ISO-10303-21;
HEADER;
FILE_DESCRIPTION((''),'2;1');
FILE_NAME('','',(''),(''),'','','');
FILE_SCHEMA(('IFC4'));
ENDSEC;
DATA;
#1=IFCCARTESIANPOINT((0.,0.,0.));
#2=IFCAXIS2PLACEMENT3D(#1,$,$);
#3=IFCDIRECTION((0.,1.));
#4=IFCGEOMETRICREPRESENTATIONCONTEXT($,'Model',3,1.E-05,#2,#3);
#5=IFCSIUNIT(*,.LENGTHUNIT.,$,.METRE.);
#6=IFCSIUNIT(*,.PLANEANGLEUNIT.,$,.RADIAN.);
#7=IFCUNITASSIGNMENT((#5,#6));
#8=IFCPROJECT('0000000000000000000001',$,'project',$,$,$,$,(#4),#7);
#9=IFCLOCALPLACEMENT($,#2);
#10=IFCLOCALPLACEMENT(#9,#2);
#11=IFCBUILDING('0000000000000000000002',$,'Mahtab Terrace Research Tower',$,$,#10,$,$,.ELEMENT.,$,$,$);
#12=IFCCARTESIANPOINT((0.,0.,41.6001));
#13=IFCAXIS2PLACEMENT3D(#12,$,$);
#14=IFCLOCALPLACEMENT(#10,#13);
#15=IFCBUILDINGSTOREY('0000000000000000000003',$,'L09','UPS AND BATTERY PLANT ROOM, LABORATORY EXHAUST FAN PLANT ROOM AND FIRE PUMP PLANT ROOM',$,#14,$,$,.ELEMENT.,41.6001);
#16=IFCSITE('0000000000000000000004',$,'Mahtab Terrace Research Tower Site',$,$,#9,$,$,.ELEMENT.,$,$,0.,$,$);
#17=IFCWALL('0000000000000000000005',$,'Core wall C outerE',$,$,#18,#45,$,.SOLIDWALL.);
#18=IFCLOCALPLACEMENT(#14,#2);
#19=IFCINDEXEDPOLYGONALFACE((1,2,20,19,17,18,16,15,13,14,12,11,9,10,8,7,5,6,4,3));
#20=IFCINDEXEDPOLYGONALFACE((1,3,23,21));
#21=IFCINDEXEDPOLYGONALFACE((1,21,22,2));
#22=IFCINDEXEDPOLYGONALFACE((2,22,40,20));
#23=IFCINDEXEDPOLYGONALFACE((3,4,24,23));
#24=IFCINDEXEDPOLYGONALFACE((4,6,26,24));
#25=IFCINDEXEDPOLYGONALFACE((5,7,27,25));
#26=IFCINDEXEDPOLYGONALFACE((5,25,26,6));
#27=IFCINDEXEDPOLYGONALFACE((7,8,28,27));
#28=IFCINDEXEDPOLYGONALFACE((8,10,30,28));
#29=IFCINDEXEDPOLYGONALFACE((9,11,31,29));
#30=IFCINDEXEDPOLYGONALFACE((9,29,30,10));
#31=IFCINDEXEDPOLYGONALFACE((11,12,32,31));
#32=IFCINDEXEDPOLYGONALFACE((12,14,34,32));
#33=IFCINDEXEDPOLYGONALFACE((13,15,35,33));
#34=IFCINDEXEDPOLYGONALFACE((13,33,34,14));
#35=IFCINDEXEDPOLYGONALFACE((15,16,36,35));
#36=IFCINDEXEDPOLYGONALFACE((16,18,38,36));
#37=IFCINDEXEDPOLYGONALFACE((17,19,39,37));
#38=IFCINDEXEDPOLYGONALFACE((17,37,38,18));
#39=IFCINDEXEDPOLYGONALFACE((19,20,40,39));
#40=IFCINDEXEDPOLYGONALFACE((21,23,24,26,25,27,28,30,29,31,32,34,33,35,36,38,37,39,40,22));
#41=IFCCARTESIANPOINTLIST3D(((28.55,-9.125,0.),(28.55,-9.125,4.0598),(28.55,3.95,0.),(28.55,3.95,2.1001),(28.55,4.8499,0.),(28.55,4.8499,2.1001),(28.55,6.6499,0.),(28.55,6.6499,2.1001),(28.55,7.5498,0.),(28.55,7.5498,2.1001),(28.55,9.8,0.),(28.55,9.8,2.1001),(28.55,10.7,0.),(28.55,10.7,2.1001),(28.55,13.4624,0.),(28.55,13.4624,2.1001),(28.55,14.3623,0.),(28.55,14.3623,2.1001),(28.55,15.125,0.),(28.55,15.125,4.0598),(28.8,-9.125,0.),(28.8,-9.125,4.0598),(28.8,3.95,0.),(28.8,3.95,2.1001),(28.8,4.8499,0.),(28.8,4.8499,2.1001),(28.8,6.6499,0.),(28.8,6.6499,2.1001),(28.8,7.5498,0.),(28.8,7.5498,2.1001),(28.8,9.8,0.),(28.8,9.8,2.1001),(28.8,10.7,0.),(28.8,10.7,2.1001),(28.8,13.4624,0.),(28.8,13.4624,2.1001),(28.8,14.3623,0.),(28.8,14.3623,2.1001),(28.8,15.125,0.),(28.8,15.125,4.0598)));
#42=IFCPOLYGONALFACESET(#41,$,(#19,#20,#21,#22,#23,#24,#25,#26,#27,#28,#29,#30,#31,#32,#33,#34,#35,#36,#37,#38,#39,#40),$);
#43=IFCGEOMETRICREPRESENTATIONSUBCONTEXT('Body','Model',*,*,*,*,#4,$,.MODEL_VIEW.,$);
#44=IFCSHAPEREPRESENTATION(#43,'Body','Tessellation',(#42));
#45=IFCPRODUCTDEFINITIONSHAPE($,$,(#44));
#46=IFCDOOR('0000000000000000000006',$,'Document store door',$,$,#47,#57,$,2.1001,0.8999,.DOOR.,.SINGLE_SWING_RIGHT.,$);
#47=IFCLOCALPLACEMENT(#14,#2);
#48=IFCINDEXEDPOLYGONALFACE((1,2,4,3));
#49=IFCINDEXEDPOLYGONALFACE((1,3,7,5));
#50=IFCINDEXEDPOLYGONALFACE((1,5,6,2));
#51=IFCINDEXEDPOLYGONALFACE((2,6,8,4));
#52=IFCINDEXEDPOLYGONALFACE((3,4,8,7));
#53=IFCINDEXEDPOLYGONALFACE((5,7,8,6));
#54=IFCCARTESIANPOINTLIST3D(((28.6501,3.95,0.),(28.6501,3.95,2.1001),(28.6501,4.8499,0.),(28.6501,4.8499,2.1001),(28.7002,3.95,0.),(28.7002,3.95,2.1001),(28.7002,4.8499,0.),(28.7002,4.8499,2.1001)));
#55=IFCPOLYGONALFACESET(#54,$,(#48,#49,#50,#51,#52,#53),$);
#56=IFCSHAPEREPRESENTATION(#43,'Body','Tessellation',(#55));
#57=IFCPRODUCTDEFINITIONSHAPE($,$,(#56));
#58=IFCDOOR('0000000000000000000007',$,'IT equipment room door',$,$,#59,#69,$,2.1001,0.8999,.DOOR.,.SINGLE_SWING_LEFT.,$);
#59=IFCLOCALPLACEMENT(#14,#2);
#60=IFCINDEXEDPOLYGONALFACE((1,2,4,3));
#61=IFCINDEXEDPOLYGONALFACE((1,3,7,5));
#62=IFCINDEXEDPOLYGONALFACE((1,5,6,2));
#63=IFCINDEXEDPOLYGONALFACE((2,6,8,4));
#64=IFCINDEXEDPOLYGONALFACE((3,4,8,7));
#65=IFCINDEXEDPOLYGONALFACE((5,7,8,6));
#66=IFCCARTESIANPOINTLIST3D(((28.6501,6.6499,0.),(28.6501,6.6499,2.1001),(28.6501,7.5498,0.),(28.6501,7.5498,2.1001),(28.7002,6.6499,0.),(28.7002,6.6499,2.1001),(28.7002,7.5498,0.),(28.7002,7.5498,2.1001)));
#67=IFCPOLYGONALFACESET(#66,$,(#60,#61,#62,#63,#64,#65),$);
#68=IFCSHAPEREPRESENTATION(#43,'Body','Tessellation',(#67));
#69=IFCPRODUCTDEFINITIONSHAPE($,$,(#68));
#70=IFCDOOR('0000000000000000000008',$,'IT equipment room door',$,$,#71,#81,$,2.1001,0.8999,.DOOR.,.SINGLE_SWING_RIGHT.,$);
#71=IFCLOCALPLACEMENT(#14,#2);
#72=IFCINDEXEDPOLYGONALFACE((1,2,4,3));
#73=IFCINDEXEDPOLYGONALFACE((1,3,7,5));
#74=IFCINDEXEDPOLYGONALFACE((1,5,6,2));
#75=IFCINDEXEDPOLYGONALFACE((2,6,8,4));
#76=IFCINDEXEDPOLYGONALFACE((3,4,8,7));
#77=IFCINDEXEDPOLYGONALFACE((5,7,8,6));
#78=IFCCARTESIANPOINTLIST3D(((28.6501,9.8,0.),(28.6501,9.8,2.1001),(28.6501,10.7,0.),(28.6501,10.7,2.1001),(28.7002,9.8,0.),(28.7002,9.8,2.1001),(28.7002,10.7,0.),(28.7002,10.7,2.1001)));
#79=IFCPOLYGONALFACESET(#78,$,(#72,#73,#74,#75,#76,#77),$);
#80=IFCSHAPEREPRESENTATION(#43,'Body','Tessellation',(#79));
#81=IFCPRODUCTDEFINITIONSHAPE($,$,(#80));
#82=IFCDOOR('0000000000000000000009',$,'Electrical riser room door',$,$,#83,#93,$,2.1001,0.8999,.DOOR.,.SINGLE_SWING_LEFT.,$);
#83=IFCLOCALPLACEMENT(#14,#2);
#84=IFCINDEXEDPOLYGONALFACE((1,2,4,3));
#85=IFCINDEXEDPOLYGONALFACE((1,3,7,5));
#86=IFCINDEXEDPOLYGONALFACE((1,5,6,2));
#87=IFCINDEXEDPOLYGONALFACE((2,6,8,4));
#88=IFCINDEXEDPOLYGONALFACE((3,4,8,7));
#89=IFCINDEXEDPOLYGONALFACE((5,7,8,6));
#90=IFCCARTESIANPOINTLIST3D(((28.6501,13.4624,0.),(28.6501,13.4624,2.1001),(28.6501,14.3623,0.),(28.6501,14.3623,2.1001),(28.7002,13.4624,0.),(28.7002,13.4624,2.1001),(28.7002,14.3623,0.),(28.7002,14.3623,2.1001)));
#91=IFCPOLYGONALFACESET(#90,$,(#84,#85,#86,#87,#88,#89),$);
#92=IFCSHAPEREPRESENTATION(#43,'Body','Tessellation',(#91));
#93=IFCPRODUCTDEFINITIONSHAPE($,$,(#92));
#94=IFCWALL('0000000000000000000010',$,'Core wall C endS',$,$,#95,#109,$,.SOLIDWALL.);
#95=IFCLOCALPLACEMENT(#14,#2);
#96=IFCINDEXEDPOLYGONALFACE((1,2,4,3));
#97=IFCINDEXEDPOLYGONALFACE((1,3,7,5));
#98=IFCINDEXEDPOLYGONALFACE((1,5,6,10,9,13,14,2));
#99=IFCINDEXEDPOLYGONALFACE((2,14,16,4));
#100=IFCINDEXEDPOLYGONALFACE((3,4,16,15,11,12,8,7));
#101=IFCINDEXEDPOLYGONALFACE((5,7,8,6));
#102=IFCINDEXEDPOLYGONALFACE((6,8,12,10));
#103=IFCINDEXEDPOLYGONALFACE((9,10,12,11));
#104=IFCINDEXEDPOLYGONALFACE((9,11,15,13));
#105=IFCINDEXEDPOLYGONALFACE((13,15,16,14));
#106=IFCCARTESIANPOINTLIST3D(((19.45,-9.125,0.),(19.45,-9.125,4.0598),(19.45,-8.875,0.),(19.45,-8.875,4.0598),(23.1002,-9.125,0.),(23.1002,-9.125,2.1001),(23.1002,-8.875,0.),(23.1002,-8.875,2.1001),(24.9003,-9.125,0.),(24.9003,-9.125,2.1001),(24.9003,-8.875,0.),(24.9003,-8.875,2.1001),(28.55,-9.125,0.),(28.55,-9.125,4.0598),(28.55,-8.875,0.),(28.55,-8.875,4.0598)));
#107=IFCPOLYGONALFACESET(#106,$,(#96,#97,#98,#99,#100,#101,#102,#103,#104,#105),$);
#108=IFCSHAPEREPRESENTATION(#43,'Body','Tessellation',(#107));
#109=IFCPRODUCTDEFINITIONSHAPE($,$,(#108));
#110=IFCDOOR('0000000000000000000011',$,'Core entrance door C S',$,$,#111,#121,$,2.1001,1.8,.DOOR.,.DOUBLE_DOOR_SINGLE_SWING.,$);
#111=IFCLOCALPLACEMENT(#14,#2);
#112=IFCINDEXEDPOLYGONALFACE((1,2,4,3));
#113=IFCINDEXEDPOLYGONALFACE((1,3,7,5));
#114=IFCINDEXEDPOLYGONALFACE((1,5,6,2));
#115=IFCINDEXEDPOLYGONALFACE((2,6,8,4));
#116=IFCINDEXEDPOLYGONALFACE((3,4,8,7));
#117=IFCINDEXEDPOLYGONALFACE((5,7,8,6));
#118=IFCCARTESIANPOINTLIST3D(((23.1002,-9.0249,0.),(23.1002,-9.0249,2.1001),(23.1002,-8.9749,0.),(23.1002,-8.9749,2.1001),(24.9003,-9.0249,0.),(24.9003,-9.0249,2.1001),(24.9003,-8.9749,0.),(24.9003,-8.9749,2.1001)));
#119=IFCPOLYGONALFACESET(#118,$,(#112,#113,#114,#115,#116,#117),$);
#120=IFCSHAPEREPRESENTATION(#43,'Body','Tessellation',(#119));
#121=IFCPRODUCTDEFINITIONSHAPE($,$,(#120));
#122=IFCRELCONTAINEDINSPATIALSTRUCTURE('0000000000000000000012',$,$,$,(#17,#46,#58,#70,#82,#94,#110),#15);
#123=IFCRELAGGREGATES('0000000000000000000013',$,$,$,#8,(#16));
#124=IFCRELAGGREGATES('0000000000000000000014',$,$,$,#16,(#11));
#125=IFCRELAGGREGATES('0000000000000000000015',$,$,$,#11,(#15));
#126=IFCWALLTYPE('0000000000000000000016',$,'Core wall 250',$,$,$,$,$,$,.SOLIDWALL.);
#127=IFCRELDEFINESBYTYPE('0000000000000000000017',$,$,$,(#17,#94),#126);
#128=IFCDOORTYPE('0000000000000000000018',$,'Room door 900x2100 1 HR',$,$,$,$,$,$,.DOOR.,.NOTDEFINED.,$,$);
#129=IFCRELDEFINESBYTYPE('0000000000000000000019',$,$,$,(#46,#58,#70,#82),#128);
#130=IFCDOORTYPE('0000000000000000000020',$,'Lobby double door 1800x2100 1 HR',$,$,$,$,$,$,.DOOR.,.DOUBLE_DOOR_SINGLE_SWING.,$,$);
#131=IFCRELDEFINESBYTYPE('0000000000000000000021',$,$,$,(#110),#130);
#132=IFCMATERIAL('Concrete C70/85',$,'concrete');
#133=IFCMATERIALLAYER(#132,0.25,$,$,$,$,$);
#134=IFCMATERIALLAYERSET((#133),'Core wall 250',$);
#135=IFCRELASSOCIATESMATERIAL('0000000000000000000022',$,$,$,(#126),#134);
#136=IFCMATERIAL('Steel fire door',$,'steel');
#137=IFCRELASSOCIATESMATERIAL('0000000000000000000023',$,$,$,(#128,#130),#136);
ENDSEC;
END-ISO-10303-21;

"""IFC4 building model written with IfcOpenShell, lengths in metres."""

from ifc_helpers import new_model, si_unit, direction, frame, frame_2d, origin, place, context, subcontext, project, spatial, rectangle, extrude, material, layer, layer_set, type_object, element, fill, save


model = new_model("IFC4")

# Units and contexts
model_context = context("Model", 3, precision=1e-05, world=origin(), true_north=direction((0.0, 1.0)))
body_context = subcontext(model_context, "Body", "Model", "MODEL_VIEW")
ifc_project = project(units=[si_unit("LENGTHUNIT", "METRE"), si_unit("PLANEANGLEUNIT", "RADIAN")], contexts=[model_context])

# Site, building, storey
site_placement = place(None, origin())
site = spatial("IfcSite", under=ifc_project, at=site_placement, Name="Mahtab Terrace Research Tower Site", CompositionType="ELEMENT", RefElevation=0.0)
building_placement = place(site_placement, origin())
building = spatial("IfcBuilding", under=site, at=building_placement, Name="Mahtab Terrace Research Tower", CompositionType="ELEMENT")
storey_placement = place(building_placement, frame((0.0, 0.0, 41.6001)))
storey = spatial("IfcBuildingStorey", under=building, at=storey_placement, Name="L09", Description="UPS AND BATTERY PLANT ROOM, LABORATORY EXHAUST FAN PLANT ROOM AND FIRE PUMP PLANT ROOM", CompositionType="ELEMENT", Elevation=41.6001)

# Shared definitions
ifc_material_1 = material(Name="Concrete C70/85", Category="concrete")

# Wall, openings, doors
ifc_layer_1 = layer(ifc_material_1, 0.25)
ifc_layer_set_1 = layer_set([ifc_layer_1], Name="Core wall 250")
wall_type_1 = type_object("IfcWallType", Name="Core wall 250", PredefinedType="SOLIDWALL", material=ifc_layer_set_1)
wall_1_placement = place(storey_placement, frame((28.675, -9.125, 0.0), z_axis=(0.0, 0.0, 1.0), x_axis=(0.0, 1.0, 0.0)))
wall_1 = element("IfcWall", 1, at=wall_1_placement, inside=storey, type_object=wall_type_1, Name="Core wall C outerE", PredefinedType="SOLIDWALL", context=body_context, shape_type="SweptSolid", body=[
    extrude(rectangle(XDim=24.25, YDim=0.25, at=frame_2d((12.125, 0.0))), origin(), (0.0, 0.0, 1.0), 4.0598),
])
opening_1_placement = place(wall_1_placement, frame((13.075, 0.0, 0.0)))
opening_1 = element("IfcOpeningElement", 2, at=opening_1_placement, cuts=wall_1, PredefinedType="OPENING", context=body_context, shape_type="SweptSolid", body=[
    extrude(rectangle(XDim=0.8999, YDim=2.1001, at=frame_2d((0.45, 1.05))), frame((0.0, 0.135, 0.0), z_axis=(0.0, -1.0, 0.0), x_axis=(1.0, 0.0, 0.0)), (0.0, 0.0, 1.0), 0.27),
])
opening_2_placement = place(wall_1_placement, frame((15.7749, 0.0, 0.0)))
opening_2 = element("IfcOpeningElement", 3, at=opening_2_placement, cuts=wall_1, PredefinedType="OPENING", context=body_context, shape_type="SweptSolid", body=[
    extrude(rectangle(XDim=0.8999, YDim=2.1001, at=frame_2d((0.45, 1.05))), frame((0.0, 0.135, 0.0), z_axis=(0.0, -1.0, 0.0), x_axis=(1.0, 0.0, 0.0)), (0.0, 0.0, 1.0), 0.27),
])
opening_3_placement = place(wall_1_placement, frame((18.925, 0.0, 0.0)))
opening_3 = element("IfcOpeningElement", 4, at=opening_3_placement, cuts=wall_1, PredefinedType="OPENING", context=body_context, shape_type="SweptSolid", body=[
    extrude(rectangle(XDim=0.8999, YDim=2.1001, at=frame_2d((0.45, 1.05))), frame((0.0, 0.135, 0.0), z_axis=(0.0, -1.0, 0.0), x_axis=(1.0, 0.0, 0.0)), (0.0, 0.0, 1.0), 0.27),
])
opening_4_placement = place(wall_1_placement, frame((22.5874, 0.0, 0.0)))
opening_4 = element("IfcOpeningElement", 5, at=opening_4_placement, cuts=wall_1, PredefinedType="OPENING", context=body_context, shape_type="SweptSolid", body=[
    extrude(rectangle(XDim=0.8999, YDim=2.1001, at=frame_2d((0.45, 1.05))), frame((0.0, 0.135, 0.0), z_axis=(0.0, -1.0, 0.0), x_axis=(1.0, 0.0, 0.0)), (0.0, 0.0, 1.0), 0.27),
])
ifc_material_2 = material(Name="Steel fire door", Category="steel")
door_type_1 = type_object("IfcDoorType", Name="Room door 900x2100 1 HR", OperationType="NOTDEFINED", PredefinedType="DOOR", material=ifc_material_2)
door_1_placement = place(opening_1_placement, origin())
door_1 = element("IfcDoor", 6, at=door_1_placement, inside=storey, type_object=door_type_1, Name="Document store door", OperationType="SINGLE_SWING_RIGHT", OverallHeight=2.1001, OverallWidth=0.8999, PredefinedType="DOOR", context=body_context, shape_type="SweptSolid", body=[
    extrude(rectangle(XDim=0.8999, YDim=2.1001, at=frame_2d((0.45, 1.05))), frame((0.0, 0.0249, 0.0), z_axis=(0.0, -1.0, 0.0), x_axis=(1.0, 0.0, 0.0)), (0.0, 0.0, 1.0), 0.05),
])
fill(opening_1, door_1)
door_2_placement = place(opening_2_placement, origin())
door_2 = element("IfcDoor", 7, at=door_2_placement, inside=storey, type_object=door_type_1, Name="IT equipment room door", OperationType="SINGLE_SWING_LEFT", OverallHeight=2.1001, OverallWidth=0.8999, PredefinedType="DOOR", context=body_context, shape_type="SweptSolid", body=[
    extrude(rectangle(XDim=0.8999, YDim=2.1001, at=frame_2d((0.45, 1.05))), frame((0.0, 0.0249, 0.0), z_axis=(0.0, -1.0, 0.0), x_axis=(1.0, 0.0, 0.0)), (0.0, 0.0, 1.0), 0.05),
])
fill(opening_2, door_2)
door_3_placement = place(opening_3_placement, origin())
door_3 = element("IfcDoor", 8, at=door_3_placement, inside=storey, type_object=door_type_1, Name="IT equipment room door", OperationType="SINGLE_SWING_RIGHT", OverallHeight=2.1001, OverallWidth=0.8999, PredefinedType="DOOR", context=body_context, shape_type="SweptSolid", body=[
    extrude(rectangle(XDim=0.8999, YDim=2.1001, at=frame_2d((0.45, 1.05))), frame((0.0, 0.0249, 0.0), z_axis=(0.0, -1.0, 0.0), x_axis=(1.0, 0.0, 0.0)), (0.0, 0.0, 1.0), 0.05),
])
fill(opening_3, door_3)
door_4_placement = place(opening_4_placement, origin())
door_4 = element("IfcDoor", 9, at=door_4_placement, inside=storey, type_object=door_type_1, Name="Electrical riser room door", OperationType="SINGLE_SWING_LEFT", OverallHeight=2.1001, OverallWidth=0.8999, PredefinedType="DOOR", context=body_context, shape_type="SweptSolid", body=[
    extrude(rectangle(XDim=0.8999, YDim=2.1001, at=frame_2d((0.45, 1.05))), frame((0.0, 0.0249, 0.0), z_axis=(0.0, -1.0, 0.0), x_axis=(1.0, 0.0, 0.0)), (0.0, 0.0, 1.0), 0.05),
])
fill(opening_4, door_4)

# Wall, opening, door
wall_2_placement = place(storey_placement, frame((28.55, -9.0, 0.0), z_axis=(0.0, 0.0, 1.0), x_axis=(-1.0, 0.0, 0.0)))
wall_2 = element("IfcWall", 10, at=wall_2_placement, inside=storey, type_object=wall_type_1, Name="Core wall C endS", PredefinedType="SOLIDWALL", context=body_context, shape_type="SweptSolid", body=[
    extrude(rectangle(XDim=9.1001, YDim=0.25, at=frame_2d((4.55, 0.0))), origin(), (0.0, 0.0, 1.0), 4.0598),
])
opening_5_placement = place(wall_2_placement, frame((3.6499, 0.0, 0.0)))
opening_5 = element("IfcOpeningElement", 11, at=opening_5_placement, cuts=wall_2, PredefinedType="OPENING", context=body_context, shape_type="SweptSolid", body=[
    extrude(rectangle(XDim=1.8, YDim=2.1001, at=frame_2d((0.8999, 1.05))), frame((0.0, 0.135, 0.0), z_axis=(0.0, -1.0, 0.0), x_axis=(1.0, 0.0, 0.0)), (0.0, 0.0, 1.0), 0.27),
])
door_type_2 = type_object("IfcDoorType", Name="Lobby double door 1800x2100 1 HR", OperationType="DOUBLE_DOOR_SINGLE_SWING", PredefinedType="DOOR", material=ifc_material_2)
door_5_placement = place(opening_5_placement, origin())
door_5 = element("IfcDoor", 12, at=door_5_placement, inside=storey, type_object=door_type_2, Name="Core entrance door C S", OperationType="DOUBLE_DOOR_SINGLE_SWING", OverallHeight=2.1001, OverallWidth=1.8, PredefinedType="DOOR", context=body_context, shape_type="SweptSolid", body=[
    extrude(rectangle(XDim=1.8, YDim=2.1001, at=frame_2d((0.8999, 1.05))), frame((0.0, 0.0249, 0.0), z_axis=(0.0, -1.0, 0.0), x_axis=(1.0, 0.0, 0.0)), (0.0, 0.0, 1.0), 0.05),
])
fill(opening_5, door_5)

save(model, "model.ifc")
